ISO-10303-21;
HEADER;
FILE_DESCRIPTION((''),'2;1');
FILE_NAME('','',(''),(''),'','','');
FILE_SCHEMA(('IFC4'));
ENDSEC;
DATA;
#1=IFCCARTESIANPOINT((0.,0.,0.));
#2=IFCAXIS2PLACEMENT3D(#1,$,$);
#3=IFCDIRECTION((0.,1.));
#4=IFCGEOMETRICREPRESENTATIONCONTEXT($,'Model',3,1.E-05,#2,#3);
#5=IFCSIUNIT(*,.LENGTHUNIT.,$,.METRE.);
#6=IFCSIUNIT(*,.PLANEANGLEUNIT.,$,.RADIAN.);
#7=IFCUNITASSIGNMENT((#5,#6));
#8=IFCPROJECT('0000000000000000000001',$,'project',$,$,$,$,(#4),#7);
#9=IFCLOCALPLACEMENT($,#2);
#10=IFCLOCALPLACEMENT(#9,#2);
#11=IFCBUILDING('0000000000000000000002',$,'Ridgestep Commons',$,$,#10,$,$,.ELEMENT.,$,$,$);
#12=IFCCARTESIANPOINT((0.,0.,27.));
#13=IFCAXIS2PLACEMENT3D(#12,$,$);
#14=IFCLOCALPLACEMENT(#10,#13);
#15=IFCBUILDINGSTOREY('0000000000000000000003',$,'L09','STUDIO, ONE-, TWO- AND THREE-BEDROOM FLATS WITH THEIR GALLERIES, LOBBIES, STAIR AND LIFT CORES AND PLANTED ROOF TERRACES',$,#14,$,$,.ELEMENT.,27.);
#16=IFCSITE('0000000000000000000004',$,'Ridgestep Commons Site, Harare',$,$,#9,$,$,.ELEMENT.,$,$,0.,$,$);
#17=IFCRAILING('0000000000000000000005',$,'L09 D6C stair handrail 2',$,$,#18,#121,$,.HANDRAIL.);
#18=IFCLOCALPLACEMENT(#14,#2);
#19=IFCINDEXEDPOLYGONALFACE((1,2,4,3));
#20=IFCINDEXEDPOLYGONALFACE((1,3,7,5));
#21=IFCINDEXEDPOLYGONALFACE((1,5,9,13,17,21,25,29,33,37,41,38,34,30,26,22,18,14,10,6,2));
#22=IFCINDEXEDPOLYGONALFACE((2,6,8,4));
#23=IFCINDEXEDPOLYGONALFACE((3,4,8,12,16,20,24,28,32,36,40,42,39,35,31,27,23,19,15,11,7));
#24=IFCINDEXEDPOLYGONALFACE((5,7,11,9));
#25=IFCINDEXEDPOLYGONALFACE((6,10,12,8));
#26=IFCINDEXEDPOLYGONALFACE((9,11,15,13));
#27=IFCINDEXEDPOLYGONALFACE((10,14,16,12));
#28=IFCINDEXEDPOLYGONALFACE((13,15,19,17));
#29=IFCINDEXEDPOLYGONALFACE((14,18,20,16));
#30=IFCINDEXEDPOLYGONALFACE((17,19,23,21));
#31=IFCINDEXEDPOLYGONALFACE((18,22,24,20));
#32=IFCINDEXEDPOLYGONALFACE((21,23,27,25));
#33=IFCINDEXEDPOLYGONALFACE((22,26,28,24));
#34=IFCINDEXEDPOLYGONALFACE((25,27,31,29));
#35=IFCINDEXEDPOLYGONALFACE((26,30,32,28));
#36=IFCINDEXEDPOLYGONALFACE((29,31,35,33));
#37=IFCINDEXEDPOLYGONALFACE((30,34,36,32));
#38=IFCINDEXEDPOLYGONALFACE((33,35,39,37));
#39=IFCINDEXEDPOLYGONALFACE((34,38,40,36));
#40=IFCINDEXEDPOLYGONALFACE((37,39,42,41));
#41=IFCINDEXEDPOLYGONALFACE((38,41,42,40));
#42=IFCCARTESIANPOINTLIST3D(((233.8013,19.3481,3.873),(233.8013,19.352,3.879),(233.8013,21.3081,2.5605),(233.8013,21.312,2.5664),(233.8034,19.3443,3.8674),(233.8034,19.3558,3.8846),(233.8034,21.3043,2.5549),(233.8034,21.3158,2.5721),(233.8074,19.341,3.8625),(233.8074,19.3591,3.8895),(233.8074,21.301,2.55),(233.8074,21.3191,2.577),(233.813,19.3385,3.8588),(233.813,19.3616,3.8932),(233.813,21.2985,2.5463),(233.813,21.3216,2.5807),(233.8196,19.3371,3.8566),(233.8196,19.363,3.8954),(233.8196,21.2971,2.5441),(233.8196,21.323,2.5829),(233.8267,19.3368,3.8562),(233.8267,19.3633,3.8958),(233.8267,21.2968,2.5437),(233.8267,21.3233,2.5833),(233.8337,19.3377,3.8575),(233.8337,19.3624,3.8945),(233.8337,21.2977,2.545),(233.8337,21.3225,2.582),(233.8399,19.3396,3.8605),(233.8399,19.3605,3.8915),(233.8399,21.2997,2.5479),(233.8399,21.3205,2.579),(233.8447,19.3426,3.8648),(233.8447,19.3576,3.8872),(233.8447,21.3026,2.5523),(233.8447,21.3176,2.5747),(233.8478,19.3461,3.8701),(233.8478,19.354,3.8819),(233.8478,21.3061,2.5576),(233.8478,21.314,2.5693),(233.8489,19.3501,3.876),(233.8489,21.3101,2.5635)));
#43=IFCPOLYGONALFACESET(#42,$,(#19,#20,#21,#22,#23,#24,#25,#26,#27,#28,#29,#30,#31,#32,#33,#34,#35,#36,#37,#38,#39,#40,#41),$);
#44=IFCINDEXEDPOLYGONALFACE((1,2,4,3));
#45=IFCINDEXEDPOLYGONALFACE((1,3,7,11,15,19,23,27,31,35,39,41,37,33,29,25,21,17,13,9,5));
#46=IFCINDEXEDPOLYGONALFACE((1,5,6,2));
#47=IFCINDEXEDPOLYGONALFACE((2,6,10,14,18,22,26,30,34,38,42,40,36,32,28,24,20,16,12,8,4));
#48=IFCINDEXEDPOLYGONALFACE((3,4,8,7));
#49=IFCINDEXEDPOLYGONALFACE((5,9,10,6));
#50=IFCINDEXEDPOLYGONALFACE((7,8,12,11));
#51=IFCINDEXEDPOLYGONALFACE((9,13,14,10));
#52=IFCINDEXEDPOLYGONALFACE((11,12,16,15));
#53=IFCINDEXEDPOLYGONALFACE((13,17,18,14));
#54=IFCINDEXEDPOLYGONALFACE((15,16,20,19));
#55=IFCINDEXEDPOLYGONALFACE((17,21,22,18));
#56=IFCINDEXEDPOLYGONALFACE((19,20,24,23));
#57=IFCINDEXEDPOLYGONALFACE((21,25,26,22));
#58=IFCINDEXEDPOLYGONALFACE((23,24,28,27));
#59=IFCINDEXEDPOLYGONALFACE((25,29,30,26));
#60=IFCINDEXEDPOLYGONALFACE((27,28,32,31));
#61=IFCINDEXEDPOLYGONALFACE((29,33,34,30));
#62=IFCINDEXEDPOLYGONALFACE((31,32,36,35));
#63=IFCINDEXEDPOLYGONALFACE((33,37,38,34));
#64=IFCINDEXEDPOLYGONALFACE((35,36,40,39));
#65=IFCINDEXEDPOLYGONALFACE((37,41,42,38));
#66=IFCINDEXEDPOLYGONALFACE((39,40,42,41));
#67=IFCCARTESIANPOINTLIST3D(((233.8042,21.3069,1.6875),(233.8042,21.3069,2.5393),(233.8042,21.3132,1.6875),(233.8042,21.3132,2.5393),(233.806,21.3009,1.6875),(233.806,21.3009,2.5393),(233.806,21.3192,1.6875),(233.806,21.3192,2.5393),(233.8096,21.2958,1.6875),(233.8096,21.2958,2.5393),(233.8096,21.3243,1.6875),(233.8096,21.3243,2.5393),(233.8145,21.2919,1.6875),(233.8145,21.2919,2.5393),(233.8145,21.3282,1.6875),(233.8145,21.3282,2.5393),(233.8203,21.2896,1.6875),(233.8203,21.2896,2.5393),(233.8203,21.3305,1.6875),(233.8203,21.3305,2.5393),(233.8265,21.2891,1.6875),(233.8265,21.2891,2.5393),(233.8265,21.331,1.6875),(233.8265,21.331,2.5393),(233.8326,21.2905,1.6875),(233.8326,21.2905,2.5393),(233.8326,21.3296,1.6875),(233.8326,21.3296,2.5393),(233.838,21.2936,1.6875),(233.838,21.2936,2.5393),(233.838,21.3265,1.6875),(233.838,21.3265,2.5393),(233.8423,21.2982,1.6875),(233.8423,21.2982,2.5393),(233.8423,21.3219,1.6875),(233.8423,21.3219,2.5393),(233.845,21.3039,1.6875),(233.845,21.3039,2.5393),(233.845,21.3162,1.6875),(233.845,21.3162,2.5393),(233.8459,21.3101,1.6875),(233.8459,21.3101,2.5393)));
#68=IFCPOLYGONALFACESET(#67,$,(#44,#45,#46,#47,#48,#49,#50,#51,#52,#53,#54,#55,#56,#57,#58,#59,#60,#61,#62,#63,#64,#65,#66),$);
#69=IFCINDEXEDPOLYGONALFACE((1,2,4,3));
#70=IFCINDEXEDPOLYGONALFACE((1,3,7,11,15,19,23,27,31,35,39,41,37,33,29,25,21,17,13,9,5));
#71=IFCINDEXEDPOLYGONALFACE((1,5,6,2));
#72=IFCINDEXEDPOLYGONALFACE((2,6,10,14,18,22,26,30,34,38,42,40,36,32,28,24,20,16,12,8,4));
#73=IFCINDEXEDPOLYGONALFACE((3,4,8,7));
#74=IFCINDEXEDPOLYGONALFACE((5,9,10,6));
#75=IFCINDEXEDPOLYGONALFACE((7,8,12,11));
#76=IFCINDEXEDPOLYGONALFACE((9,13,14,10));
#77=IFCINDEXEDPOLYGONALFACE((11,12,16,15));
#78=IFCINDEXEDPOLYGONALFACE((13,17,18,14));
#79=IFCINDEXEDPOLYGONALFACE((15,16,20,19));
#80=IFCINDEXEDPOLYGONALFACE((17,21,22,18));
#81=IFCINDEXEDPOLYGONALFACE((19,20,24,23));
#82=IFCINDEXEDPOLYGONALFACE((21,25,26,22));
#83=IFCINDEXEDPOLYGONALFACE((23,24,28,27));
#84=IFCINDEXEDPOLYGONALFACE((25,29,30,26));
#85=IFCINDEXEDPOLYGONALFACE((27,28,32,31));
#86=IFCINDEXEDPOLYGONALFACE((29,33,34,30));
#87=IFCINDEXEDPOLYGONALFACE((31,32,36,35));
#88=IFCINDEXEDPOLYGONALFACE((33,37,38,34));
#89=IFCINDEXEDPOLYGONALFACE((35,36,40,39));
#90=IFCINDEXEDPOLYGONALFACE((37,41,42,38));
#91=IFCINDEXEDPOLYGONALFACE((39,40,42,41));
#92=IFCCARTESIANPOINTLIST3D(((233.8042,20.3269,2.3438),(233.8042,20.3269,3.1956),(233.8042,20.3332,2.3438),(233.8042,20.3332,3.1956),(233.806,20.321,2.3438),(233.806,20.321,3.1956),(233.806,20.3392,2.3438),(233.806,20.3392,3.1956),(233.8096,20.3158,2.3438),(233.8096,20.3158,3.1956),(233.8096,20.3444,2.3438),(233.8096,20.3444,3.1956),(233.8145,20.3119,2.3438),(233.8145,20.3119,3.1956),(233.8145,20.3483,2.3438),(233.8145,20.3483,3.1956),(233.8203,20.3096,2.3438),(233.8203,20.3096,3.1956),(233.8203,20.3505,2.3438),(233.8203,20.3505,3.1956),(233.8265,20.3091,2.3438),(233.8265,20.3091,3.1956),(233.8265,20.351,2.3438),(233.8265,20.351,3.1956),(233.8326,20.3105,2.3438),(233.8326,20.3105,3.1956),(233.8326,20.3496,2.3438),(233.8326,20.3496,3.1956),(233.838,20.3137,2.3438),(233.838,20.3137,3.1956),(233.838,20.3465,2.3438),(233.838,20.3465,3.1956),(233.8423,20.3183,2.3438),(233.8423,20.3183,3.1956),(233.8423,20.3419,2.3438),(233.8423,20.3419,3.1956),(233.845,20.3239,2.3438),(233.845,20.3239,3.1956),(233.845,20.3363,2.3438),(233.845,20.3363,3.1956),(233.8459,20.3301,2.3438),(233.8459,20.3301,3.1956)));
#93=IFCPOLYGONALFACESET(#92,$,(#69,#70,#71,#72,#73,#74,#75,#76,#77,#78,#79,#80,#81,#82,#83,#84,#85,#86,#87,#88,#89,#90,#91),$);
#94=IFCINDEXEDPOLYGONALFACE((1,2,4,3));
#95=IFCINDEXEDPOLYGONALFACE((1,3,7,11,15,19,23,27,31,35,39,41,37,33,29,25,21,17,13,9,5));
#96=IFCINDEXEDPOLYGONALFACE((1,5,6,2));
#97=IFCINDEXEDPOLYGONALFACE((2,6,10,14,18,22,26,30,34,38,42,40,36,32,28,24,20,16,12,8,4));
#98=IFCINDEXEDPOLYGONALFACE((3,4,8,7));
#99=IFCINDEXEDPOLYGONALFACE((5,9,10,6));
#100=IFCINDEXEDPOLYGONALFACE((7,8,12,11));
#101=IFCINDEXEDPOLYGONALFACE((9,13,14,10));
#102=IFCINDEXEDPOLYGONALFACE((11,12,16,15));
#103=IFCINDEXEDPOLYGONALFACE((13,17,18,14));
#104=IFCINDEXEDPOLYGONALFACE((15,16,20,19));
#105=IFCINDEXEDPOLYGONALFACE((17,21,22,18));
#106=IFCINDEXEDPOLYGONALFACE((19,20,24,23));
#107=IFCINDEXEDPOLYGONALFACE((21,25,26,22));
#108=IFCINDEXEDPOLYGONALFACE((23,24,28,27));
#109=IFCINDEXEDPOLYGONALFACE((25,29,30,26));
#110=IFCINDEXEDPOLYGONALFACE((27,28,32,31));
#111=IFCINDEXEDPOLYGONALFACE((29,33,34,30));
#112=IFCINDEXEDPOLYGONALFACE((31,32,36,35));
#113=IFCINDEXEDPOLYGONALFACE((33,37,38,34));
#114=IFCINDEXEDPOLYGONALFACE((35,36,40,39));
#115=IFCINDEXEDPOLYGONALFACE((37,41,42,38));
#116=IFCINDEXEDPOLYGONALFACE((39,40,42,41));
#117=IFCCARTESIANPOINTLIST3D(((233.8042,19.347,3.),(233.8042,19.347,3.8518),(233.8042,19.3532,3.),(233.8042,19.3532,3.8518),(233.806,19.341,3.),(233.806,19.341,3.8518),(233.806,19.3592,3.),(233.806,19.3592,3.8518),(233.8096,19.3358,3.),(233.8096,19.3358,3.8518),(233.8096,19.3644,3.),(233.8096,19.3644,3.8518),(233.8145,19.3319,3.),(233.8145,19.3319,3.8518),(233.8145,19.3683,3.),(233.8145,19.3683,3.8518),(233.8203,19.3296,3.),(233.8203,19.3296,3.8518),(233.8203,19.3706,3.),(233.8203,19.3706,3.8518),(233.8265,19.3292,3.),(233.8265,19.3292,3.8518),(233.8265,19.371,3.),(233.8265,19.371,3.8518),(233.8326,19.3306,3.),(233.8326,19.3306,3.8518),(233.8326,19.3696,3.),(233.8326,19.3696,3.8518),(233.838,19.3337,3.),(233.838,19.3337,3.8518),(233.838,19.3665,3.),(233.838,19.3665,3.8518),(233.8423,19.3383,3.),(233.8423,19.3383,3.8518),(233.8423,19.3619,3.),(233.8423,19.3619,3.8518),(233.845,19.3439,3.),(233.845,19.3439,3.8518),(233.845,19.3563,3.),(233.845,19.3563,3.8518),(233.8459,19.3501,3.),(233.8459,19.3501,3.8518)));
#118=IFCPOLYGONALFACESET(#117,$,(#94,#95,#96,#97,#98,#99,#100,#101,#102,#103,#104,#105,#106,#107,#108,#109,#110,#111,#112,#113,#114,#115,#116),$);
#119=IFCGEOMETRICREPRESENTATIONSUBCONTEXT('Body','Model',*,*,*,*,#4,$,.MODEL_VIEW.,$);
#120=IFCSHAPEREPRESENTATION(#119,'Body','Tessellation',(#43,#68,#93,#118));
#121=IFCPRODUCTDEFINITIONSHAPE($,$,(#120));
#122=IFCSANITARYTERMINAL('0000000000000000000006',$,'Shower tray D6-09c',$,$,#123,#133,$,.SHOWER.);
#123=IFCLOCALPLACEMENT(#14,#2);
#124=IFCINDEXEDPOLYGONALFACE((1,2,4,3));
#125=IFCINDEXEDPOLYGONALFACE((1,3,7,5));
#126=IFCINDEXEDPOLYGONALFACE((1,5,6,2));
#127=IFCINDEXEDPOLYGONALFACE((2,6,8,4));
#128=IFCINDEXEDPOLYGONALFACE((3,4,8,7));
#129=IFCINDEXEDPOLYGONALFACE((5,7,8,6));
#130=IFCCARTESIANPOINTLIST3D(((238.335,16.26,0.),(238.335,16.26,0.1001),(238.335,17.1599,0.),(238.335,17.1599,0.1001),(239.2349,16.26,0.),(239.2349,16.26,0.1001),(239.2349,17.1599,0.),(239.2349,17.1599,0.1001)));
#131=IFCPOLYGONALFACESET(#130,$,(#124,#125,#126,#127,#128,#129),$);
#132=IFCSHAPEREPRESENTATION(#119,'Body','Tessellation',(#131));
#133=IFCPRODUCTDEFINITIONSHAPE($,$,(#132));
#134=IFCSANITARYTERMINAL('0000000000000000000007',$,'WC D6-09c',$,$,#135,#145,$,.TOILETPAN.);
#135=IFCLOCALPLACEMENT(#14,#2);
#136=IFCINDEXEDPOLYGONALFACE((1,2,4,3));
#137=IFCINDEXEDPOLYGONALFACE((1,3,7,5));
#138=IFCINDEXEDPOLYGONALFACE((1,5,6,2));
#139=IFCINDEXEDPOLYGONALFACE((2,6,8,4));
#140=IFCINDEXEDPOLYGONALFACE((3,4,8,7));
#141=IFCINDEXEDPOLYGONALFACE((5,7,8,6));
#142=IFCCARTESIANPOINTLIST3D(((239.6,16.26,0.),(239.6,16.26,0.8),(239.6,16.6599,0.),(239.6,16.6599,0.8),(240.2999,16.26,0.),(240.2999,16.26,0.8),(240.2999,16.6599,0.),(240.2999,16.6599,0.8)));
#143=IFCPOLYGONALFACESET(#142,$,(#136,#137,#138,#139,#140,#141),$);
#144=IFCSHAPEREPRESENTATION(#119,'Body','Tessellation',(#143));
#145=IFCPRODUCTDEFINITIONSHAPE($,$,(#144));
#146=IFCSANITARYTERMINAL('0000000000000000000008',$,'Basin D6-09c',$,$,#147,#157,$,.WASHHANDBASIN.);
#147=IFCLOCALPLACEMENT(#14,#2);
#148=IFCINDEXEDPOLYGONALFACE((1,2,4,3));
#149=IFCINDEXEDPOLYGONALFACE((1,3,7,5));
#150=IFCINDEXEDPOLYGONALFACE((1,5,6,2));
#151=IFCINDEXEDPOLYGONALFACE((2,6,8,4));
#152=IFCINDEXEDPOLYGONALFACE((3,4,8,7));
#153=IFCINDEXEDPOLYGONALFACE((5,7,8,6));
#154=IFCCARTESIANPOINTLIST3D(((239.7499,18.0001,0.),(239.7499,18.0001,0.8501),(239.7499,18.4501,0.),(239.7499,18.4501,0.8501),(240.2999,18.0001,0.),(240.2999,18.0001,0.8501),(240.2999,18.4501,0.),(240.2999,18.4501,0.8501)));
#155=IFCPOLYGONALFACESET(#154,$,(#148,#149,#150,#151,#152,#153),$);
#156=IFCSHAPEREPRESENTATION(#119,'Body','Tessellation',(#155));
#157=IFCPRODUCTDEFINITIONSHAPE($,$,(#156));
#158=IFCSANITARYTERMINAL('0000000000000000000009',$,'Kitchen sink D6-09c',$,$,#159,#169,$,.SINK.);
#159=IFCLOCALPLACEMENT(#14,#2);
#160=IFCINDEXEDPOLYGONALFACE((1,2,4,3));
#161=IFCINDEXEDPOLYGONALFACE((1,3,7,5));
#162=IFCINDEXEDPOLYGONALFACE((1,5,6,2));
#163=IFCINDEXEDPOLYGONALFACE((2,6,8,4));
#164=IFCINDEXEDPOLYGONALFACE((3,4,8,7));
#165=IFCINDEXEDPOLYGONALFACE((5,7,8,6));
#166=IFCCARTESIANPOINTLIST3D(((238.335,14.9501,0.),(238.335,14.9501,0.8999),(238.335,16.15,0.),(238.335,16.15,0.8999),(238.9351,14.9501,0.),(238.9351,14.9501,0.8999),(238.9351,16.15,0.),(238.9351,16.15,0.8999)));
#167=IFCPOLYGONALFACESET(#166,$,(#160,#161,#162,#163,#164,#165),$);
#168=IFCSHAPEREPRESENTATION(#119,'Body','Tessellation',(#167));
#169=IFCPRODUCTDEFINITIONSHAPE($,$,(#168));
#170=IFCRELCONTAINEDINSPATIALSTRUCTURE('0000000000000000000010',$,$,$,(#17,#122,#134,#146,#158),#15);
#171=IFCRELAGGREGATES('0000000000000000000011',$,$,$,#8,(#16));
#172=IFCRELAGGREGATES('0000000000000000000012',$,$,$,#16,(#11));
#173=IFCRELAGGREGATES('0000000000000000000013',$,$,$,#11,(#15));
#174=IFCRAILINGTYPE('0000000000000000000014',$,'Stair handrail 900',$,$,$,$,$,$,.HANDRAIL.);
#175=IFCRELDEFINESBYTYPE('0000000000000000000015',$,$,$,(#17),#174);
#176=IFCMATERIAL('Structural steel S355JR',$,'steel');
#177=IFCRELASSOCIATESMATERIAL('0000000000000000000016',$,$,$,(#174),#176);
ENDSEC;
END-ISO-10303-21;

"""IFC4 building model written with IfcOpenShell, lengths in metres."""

from ifc_helpers import new_model, si_unit, direction, frame, origin, origin_2d, place, context, subcontext, project, spatial, rectangle, circle, extrude, material, type_object, element, save


model = new_model("IFC4")

# Units and contexts
model_context = context("Model", 3, precision=1e-05, world=origin(), true_north=direction((0.0, 1.0)))
body_context = subcontext(model_context, "Body", "Model", "MODEL_VIEW")
ifc_project = project(units=[si_unit("LENGTHUNIT", "METRE"), si_unit("PLANEANGLEUNIT", "RADIAN")], contexts=[model_context])

# Site, building, storey
site_placement = place(None, origin())
site = spatial("IfcSite", under=ifc_project, at=site_placement, Name="Ridgestep Commons Site, Harare", CompositionType="ELEMENT", RefElevation=0.0)
building_placement = place(site_placement, origin())
building = spatial("IfcBuilding", under=site, at=building_placement, Name="Ridgestep Commons", CompositionType="ELEMENT")
storey_placement = place(building_placement, frame((0.0, 0.0, 27.0)))
storey = spatial("IfcBuildingStorey", under=building, at=storey_placement, Name="L09", Description="STUDIO, ONE-, TWO- AND THREE-BEDROOM FLATS WITH THEIR GALLERIES, LOBBIES, STAIR AND LIFT CORES AND PLANTED ROOF TERRACES", CompositionType="ELEMENT", Elevation=27.0)

# Railing
ifc_material_1 = material(Name="Structural steel S355JR", Category="steel")
railing_type_1 = type_object("IfcRailingType", Name="Stair handrail 900", PredefinedType="HANDRAIL", material=ifc_material_1)
railing_1_placement = place(storey_placement, frame((233.825, 21.3101, 1.6875)))
element("IfcRailing", 1, at=railing_1_placement, inside=storey, type_object=railing_type_1, Name="L09 D6C stair handrail 2", PredefinedType="HANDRAIL", context=body_context, shape_type="SweptSolid", body=[
    extrude(circle(Radius=0.0239, at=origin_2d()), frame((0.0, 0.0, 0.876), z_axis=(0.0, -0.830902, 0.556419), x_axis=(1.0, 0.0, 0.0)), (0.0, 0.0, 1.0), 2.3589),
    extrude(circle(Radius=0.021, at=origin_2d()), origin(), (0.0, 0.0, 1.0), 0.8518),
    extrude(circle(Radius=0.021, at=origin_2d()), frame((0.0, -0.98, 0.6562)), (0.0, 0.0, 1.0), 0.8518),
    extrude(circle(Radius=0.021, at=origin_2d()), frame((0.0, -1.96, 1.3125)), (0.0, 0.0, 1.0), 0.8518),
])

# Sanitary terminals
sanitary_terminal_1_placement = place(storey_placement, frame((238.7849, 16.71, 0.0), z_axis=(0.0, 0.0, 1.0), x_axis=(1.0, 0.0, 0.0)))
element("IfcSanitaryTerminal", 2, at=sanitary_terminal_1_placement, inside=storey, Name="Shower tray D6-09c", PredefinedType="SHOWER", context=body_context, shape_type="SweptSolid", body=[
    extrude(rectangle(XDim=0.8999, YDim=0.8999, at=origin_2d()), origin(), (0.0, 0.0, 1.0), 0.1001),
])
sanitary_terminal_2_placement = place(storey_placement, frame((239.95, 16.46, 0.0), z_axis=(0.0, 0.0, 1.0), x_axis=(1.0, 0.0, 0.0)))
element("IfcSanitaryTerminal", 3, at=sanitary_terminal_2_placement, inside=storey, Name="WC D6-09c", PredefinedType="TOILETPAN", context=body_context, shape_type="SweptSolid", body=[
    extrude(rectangle(XDim=0.7, YDim=0.3999, at=origin_2d()), origin(), (0.0, 0.0, 1.0), 0.8),
])
sanitary_terminal_3_placement = place(storey_placement, frame((240.0249, 18.2251, 0.0), z_axis=(0.0, 0.0, 1.0), x_axis=(1.0, 0.0, 0.0)))
element("IfcSanitaryTerminal", 4, at=sanitary_terminal_3_placement, inside=storey, Name="Basin D6-09c", PredefinedType="WASHHANDBASIN", context=body_context, shape_type="SweptSolid", body=[
    extrude(rectangle(XDim=0.55, YDim=0.45, at=origin_2d()), origin(), (0.0, 0.0, 1.0), 0.8501),
])
sanitary_terminal_4_placement = place(storey_placement, frame((238.635, 15.55, 0.0), z_axis=(0.0, 0.0, 1.0), x_axis=(1.0, 0.0, 0.0)))
element("IfcSanitaryTerminal", 5, at=sanitary_terminal_4_placement, inside=storey, Name="Kitchen sink D6-09c", PredefinedType="SINK", context=body_context, shape_type="SweptSolid", body=[
    extrude(rectangle(XDim=0.6001, YDim=1.2, at=origin_2d()), origin(), (0.0, 0.0, 1.0), 0.8999),
])

save(model, "model.ifc")
